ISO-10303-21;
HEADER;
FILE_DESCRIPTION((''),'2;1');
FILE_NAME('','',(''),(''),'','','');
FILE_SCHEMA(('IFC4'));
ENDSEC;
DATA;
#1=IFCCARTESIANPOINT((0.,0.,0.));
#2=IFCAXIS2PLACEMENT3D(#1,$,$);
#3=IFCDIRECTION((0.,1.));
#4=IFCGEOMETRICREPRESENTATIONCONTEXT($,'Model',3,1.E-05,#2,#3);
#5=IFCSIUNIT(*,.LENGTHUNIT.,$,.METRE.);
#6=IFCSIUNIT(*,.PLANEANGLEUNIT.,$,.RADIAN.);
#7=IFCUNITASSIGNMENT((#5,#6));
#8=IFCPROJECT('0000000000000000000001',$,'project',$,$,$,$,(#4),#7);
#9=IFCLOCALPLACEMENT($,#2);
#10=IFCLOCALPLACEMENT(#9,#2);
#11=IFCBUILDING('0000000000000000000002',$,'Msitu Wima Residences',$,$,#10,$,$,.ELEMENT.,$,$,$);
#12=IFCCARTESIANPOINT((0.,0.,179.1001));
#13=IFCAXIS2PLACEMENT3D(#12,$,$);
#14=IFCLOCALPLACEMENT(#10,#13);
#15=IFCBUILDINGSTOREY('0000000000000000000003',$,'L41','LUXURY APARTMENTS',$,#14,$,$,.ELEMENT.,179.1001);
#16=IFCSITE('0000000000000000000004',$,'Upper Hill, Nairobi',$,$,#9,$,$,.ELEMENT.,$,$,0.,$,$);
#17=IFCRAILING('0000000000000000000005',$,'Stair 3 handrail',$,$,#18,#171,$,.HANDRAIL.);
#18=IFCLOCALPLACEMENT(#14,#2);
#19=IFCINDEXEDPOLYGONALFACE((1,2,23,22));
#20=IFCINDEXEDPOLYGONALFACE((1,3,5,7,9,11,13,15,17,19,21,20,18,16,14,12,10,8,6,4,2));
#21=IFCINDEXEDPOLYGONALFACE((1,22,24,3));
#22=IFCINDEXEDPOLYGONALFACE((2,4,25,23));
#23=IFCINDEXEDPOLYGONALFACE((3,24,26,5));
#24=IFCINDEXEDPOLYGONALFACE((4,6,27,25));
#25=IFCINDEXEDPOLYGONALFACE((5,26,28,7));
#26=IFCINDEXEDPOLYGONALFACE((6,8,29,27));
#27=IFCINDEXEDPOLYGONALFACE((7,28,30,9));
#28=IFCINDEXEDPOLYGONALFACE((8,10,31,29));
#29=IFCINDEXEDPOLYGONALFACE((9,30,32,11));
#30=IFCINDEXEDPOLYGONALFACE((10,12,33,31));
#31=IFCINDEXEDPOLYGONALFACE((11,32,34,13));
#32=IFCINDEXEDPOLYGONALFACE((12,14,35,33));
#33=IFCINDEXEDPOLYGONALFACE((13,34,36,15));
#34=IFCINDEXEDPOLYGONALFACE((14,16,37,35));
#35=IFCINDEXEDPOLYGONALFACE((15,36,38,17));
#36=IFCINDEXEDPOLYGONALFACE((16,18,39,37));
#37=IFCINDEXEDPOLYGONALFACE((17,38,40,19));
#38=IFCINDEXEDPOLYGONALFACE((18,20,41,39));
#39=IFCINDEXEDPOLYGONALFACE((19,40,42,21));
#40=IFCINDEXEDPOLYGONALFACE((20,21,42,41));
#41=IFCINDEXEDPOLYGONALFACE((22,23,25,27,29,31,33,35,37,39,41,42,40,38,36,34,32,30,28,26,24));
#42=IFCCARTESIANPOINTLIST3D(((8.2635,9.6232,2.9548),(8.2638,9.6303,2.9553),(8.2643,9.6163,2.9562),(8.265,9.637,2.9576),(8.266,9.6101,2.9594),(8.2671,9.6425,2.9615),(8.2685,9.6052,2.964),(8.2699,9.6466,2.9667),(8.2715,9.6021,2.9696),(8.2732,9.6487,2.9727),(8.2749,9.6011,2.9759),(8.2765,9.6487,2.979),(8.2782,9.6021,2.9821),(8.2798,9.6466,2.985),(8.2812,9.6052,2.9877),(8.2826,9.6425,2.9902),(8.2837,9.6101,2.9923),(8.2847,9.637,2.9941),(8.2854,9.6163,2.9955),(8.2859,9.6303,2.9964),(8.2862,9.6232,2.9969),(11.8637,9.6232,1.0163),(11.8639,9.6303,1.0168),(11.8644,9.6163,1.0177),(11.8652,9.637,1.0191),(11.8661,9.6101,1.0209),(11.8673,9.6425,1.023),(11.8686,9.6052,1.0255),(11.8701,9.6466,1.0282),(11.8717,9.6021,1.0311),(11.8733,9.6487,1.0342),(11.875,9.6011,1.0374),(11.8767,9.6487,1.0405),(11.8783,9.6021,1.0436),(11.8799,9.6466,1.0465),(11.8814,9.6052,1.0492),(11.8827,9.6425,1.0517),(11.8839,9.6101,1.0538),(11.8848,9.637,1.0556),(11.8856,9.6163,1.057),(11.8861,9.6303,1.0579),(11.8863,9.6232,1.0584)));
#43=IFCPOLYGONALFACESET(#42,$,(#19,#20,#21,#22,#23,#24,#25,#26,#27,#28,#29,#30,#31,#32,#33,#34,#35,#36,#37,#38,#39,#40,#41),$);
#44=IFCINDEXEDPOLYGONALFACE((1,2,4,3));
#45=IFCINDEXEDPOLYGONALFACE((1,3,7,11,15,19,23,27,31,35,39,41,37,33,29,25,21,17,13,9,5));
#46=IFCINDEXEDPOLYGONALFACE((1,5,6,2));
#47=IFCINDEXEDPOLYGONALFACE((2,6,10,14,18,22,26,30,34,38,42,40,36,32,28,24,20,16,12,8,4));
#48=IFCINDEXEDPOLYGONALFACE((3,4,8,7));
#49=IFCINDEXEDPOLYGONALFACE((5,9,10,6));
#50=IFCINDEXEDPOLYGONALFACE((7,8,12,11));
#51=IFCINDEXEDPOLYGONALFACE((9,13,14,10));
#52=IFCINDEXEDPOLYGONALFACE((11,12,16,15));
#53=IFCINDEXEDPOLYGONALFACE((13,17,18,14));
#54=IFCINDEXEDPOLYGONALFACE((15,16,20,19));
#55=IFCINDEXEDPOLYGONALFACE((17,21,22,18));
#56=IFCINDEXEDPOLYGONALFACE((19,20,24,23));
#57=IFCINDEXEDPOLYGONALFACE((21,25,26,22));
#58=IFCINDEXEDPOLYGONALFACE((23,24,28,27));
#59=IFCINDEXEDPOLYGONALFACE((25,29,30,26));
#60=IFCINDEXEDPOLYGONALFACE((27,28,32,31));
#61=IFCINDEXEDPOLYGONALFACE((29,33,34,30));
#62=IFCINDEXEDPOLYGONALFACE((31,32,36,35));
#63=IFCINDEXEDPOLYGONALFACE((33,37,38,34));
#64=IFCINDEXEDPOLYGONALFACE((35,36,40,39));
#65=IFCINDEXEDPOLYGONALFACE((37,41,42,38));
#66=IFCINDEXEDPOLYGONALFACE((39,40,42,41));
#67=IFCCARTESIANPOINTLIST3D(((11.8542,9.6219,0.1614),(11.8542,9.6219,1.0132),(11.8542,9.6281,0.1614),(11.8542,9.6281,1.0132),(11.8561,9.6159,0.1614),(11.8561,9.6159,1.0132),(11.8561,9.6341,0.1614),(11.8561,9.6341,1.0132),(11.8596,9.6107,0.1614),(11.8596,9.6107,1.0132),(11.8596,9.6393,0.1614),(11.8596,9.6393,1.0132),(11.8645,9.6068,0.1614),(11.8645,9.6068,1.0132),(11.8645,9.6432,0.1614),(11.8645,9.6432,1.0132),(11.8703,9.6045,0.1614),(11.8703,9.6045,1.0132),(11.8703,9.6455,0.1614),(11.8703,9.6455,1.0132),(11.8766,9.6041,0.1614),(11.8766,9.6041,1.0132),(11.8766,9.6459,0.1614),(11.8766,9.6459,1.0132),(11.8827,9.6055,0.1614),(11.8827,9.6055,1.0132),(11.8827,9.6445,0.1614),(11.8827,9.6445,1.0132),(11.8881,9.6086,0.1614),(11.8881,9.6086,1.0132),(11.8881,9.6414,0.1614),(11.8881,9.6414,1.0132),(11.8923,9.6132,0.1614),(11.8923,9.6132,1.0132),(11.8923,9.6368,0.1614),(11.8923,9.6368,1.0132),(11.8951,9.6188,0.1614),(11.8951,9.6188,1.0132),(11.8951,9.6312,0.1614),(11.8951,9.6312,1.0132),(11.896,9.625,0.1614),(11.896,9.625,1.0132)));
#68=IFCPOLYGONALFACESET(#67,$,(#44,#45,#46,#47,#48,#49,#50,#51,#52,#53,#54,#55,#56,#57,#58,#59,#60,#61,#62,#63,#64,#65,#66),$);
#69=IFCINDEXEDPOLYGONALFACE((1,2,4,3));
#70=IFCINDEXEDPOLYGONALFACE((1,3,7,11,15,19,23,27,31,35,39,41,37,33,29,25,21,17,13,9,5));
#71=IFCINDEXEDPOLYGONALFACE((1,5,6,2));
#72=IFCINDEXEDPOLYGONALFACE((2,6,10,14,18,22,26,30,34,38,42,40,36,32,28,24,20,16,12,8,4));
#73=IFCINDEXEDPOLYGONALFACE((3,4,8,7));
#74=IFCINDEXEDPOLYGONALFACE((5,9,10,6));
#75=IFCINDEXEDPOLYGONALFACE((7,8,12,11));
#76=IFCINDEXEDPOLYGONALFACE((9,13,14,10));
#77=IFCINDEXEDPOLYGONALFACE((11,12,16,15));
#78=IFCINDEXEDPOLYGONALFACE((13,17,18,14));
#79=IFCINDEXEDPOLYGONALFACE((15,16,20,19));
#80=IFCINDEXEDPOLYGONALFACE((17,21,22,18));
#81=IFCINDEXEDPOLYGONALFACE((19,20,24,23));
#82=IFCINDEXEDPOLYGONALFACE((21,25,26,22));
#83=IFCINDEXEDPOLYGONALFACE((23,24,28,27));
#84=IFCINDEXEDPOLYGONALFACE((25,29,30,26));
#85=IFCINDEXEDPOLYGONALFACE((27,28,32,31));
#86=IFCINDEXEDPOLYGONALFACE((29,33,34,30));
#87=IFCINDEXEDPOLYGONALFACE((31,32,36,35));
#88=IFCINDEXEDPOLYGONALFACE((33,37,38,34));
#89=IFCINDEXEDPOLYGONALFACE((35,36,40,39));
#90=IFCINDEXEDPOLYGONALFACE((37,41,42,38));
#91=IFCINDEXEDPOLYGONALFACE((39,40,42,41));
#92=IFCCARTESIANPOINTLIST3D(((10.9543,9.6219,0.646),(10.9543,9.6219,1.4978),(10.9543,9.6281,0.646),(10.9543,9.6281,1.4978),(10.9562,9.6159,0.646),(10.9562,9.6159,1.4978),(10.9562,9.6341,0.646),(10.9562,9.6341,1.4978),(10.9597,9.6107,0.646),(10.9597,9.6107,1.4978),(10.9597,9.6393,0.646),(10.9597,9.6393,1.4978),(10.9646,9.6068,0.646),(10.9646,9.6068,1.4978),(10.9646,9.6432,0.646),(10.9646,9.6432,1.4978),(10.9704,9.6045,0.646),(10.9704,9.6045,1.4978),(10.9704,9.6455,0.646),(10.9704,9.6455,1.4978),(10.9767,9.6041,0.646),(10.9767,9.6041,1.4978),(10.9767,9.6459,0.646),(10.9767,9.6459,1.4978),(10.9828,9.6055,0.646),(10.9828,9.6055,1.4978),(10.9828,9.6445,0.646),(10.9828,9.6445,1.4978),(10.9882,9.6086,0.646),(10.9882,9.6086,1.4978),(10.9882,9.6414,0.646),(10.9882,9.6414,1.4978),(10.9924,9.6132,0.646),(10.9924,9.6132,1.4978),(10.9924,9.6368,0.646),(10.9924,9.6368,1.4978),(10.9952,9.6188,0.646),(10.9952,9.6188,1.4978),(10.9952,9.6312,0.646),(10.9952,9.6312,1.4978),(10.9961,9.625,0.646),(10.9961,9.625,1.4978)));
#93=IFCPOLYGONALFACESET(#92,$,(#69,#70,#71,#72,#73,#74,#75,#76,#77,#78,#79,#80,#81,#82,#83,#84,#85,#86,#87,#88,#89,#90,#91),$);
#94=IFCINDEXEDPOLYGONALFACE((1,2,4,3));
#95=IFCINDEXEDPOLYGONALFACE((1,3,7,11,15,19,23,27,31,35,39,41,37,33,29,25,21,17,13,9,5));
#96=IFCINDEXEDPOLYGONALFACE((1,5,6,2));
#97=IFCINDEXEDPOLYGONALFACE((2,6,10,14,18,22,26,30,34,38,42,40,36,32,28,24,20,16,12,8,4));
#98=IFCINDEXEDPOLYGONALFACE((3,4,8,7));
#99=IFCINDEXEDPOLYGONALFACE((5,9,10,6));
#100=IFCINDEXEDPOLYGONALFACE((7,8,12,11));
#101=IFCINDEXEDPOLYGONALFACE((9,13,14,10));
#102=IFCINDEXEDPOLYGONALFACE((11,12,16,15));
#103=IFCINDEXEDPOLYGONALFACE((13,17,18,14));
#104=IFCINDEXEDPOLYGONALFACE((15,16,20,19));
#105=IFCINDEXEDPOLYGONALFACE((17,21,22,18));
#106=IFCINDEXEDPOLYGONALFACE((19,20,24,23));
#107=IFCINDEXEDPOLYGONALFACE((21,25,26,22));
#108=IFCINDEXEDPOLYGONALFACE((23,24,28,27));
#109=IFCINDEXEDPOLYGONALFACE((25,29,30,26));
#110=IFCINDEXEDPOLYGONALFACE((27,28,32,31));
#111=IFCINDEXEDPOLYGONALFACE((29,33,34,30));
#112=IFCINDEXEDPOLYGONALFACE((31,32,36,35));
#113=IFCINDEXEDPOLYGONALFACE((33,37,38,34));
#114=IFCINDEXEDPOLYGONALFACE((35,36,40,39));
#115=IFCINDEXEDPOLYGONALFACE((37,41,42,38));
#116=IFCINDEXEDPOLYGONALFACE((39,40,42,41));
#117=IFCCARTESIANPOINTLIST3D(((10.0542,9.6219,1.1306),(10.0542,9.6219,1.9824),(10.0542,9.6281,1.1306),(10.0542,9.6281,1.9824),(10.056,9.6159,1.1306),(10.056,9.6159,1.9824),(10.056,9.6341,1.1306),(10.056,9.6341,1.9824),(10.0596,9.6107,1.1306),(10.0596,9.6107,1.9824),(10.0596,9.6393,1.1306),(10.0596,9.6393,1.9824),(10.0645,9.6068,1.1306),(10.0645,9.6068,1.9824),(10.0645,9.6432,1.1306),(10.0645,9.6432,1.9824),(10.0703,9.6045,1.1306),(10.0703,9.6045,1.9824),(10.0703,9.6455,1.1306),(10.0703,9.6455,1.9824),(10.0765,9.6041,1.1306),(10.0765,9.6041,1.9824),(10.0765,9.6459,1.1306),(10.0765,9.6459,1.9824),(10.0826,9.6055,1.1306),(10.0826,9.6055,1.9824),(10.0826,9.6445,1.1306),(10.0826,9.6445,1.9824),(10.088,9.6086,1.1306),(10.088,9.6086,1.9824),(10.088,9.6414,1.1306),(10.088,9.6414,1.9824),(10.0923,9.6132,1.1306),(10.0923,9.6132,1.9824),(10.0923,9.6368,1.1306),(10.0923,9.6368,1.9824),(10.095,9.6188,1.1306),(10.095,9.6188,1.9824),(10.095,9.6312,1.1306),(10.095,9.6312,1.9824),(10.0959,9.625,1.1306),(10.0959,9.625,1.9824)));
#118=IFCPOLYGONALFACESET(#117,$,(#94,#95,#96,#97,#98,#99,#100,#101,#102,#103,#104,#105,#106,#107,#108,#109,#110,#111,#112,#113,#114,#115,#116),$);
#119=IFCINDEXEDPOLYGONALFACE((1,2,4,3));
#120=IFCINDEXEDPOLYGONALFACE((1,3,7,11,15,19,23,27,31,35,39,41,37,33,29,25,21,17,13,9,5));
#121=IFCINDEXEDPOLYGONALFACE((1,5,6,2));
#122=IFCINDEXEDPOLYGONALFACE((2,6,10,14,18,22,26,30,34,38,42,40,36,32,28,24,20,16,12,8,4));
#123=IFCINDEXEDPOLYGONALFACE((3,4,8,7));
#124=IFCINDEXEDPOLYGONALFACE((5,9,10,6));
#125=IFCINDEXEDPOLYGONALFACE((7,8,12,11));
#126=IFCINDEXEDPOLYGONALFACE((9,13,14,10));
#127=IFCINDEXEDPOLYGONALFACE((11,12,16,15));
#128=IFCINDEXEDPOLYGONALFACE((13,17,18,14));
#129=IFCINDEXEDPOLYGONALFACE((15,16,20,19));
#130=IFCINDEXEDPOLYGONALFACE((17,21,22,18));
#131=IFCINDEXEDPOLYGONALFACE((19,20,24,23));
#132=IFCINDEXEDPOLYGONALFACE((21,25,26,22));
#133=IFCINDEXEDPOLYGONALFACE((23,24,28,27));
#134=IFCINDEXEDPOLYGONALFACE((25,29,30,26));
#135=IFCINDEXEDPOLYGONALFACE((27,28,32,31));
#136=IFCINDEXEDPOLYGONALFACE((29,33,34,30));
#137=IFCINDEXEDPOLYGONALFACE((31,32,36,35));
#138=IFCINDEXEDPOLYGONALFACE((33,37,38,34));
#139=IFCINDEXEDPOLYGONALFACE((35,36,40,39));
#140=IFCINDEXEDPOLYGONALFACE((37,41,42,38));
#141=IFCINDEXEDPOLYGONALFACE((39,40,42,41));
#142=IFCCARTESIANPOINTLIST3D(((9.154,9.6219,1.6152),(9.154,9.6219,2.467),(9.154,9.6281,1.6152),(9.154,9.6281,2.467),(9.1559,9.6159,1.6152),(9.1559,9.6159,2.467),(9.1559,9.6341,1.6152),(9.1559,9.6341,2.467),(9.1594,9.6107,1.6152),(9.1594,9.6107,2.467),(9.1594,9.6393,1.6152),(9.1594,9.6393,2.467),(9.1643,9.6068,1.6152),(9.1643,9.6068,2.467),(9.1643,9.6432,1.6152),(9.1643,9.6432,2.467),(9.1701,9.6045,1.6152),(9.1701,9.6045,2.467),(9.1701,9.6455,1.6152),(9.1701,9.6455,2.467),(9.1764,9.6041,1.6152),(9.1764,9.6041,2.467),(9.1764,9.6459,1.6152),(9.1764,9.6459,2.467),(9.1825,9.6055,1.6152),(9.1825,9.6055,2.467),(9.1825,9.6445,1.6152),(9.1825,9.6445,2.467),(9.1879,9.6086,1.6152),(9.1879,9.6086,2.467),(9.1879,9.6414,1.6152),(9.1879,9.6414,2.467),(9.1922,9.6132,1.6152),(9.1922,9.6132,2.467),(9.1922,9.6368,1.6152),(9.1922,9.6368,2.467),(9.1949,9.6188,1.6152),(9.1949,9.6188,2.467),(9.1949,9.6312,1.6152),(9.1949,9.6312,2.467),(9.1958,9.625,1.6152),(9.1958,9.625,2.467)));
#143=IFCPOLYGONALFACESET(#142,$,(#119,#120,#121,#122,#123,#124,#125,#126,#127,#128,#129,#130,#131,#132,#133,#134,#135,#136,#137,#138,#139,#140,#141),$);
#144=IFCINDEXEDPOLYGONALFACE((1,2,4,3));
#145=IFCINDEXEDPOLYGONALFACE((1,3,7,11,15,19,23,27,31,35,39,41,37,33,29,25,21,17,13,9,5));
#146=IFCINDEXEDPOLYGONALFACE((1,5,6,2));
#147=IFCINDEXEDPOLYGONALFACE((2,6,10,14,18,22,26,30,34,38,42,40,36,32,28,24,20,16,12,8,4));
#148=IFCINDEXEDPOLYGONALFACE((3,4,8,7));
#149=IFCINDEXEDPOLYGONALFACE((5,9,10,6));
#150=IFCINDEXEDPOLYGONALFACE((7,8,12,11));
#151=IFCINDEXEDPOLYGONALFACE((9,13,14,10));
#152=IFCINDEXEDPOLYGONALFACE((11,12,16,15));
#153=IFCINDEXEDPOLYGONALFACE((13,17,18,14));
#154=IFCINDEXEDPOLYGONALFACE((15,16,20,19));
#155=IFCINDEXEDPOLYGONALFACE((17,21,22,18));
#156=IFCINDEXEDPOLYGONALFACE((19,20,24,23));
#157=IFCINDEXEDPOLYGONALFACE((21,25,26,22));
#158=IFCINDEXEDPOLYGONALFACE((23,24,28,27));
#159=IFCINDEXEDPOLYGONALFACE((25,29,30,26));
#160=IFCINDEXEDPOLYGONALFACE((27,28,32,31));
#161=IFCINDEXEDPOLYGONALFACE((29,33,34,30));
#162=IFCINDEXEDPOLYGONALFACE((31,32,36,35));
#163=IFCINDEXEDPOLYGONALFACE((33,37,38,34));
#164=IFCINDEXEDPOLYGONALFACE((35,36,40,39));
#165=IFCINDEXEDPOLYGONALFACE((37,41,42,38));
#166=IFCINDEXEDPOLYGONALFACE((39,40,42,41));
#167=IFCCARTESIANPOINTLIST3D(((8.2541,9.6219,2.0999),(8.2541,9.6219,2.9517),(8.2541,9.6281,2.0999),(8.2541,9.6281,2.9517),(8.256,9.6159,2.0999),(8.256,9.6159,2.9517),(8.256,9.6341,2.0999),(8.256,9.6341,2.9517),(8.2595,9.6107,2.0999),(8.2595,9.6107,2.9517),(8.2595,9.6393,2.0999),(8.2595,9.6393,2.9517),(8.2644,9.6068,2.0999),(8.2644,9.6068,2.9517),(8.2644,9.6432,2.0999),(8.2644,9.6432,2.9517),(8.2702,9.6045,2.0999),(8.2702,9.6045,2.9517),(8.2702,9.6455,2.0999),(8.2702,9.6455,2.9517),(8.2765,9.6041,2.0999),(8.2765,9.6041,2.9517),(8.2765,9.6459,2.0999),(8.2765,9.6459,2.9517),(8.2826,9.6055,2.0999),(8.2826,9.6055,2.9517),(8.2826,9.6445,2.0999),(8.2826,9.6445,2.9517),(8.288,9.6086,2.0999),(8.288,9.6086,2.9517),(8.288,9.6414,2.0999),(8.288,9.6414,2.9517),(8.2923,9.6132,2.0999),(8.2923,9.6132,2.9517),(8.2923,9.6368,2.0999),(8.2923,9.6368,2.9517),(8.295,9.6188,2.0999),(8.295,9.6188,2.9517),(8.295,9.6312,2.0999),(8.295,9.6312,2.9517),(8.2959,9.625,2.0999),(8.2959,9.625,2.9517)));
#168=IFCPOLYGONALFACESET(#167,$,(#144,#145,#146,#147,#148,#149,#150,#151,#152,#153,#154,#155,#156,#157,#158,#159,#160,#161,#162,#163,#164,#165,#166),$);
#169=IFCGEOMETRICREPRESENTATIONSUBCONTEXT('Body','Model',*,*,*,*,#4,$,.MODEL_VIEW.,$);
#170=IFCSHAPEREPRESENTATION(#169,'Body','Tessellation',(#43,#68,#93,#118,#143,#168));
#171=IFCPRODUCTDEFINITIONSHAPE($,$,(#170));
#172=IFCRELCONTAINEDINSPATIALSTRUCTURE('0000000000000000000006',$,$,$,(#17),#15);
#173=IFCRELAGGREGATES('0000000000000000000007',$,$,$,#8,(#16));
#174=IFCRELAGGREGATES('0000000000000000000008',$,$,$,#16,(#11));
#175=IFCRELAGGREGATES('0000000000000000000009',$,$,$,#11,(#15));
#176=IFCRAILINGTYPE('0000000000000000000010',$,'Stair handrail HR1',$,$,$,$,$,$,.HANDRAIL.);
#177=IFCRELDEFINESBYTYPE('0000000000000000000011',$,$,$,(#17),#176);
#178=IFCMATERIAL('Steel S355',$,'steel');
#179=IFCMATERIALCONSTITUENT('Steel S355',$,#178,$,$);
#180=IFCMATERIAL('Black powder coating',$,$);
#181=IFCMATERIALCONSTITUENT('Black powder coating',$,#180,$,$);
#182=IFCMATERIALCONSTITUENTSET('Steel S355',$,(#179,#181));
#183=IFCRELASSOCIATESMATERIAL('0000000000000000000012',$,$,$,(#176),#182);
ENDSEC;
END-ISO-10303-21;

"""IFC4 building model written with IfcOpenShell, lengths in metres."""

from ifc_helpers import new_model, si_unit, direction, frame, origin, origin_2d, place, context, subcontext, project, spatial, circle, extrude, material, constituent, constituent_set, type_object, element, save


model = new_model("IFC4")

# Units and contexts
model_context = context("Model", 3, precision=1e-05, world=origin(), true_north=direction((0.0, 1.0)))
body_context = subcontext(model_context, "Body", "Model", "MODEL_VIEW")
ifc_project = project(units=[si_unit("LENGTHUNIT", "METRE"), si_unit("PLANEANGLEUNIT", "RADIAN")], contexts=[model_context])

# Site, building, storey
site_placement = place(None, origin())
site = spatial("IfcSite", under=ifc_project, at=site_placement, Name="Upper Hill, Nairobi", CompositionType="ELEMENT", RefElevation=0.0)
building_placement = place(site_placement, origin())
building = spatial("IfcBuilding", under=site, at=building_placement, Name="Msitu Wima Residences", CompositionType="ELEMENT")
storey_placement = place(building_placement, frame((0.0, 0.0, 179.1001)))
storey = spatial("IfcBuildingStorey", under=building, at=storey_placement, Name="L41", Description="LUXURY APARTMENTS", CompositionType="ELEMENT", Elevation=179.1001)

# Railing
ifc_material_1 = material(Name="Steel S355", Category="steel")
ifc_constituent_1 = constituent(ifc_material_1, Name="Steel S355")
ifc_material_2 = material(Name="Black powder coating")
ifc_constituent_2 = constituent(ifc_material_2, Name="Black powder coating")
ifc_constituent_set_1 = constituent_set(constituents=[ifc_constituent_1, ifc_constituent_2], Name="Steel S355")
railing_type_1 = type_object("IfcRailingType", Name="Stair handrail HR1", PredefinedType="HANDRAIL", material=ifc_constituent_set_1)
for number, where, name in (
    (1, (11.875, 9.625, 0.1614), "Stair 3 handrail"),
):
    element("IfcRailing", number, at=place(storey_placement, frame(where)), inside=storey, type_object=railing_type_1, Name=name, PredefinedType="HANDRAIL", context=body_context, shape_type="SweptSolid", body=[
        extrude(circle(Radius=0.0239, at=origin_2d()), frame((0.0, 0.0, 0.876), z_axis=(-0.880475, 0.0, 0.474093), x_axis=(0.0, -1.0, 0.0)), (0.0, 0.0, 1.0), 4.0889),
        extrude(circle(Radius=0.021, at=origin_2d()), origin(), (0.0, 0.0, 1.0), 0.8518),
        extrude(circle(Radius=0.021, at=origin_2d()), frame((-0.8999, 0.0, 0.4846)), (0.0, 0.0, 1.0), 0.8518),
        extrude(circle(Radius=0.021, at=origin_2d()), frame((-1.8, 0.0, 0.9692)), (0.0, 0.0, 1.0), 0.8518),
        extrude(circle(Radius=0.021, at=origin_2d()), frame((-2.7002, 0.0, 1.4539)), (0.0, 0.0, 1.0), 0.8518),
        extrude(circle(Radius=0.021, at=origin_2d()), frame((-3.6001, 0.0, 1.9385)), (0.0, 0.0, 1.0), 0.8518),
    ])

save(model, "model.ifc")
